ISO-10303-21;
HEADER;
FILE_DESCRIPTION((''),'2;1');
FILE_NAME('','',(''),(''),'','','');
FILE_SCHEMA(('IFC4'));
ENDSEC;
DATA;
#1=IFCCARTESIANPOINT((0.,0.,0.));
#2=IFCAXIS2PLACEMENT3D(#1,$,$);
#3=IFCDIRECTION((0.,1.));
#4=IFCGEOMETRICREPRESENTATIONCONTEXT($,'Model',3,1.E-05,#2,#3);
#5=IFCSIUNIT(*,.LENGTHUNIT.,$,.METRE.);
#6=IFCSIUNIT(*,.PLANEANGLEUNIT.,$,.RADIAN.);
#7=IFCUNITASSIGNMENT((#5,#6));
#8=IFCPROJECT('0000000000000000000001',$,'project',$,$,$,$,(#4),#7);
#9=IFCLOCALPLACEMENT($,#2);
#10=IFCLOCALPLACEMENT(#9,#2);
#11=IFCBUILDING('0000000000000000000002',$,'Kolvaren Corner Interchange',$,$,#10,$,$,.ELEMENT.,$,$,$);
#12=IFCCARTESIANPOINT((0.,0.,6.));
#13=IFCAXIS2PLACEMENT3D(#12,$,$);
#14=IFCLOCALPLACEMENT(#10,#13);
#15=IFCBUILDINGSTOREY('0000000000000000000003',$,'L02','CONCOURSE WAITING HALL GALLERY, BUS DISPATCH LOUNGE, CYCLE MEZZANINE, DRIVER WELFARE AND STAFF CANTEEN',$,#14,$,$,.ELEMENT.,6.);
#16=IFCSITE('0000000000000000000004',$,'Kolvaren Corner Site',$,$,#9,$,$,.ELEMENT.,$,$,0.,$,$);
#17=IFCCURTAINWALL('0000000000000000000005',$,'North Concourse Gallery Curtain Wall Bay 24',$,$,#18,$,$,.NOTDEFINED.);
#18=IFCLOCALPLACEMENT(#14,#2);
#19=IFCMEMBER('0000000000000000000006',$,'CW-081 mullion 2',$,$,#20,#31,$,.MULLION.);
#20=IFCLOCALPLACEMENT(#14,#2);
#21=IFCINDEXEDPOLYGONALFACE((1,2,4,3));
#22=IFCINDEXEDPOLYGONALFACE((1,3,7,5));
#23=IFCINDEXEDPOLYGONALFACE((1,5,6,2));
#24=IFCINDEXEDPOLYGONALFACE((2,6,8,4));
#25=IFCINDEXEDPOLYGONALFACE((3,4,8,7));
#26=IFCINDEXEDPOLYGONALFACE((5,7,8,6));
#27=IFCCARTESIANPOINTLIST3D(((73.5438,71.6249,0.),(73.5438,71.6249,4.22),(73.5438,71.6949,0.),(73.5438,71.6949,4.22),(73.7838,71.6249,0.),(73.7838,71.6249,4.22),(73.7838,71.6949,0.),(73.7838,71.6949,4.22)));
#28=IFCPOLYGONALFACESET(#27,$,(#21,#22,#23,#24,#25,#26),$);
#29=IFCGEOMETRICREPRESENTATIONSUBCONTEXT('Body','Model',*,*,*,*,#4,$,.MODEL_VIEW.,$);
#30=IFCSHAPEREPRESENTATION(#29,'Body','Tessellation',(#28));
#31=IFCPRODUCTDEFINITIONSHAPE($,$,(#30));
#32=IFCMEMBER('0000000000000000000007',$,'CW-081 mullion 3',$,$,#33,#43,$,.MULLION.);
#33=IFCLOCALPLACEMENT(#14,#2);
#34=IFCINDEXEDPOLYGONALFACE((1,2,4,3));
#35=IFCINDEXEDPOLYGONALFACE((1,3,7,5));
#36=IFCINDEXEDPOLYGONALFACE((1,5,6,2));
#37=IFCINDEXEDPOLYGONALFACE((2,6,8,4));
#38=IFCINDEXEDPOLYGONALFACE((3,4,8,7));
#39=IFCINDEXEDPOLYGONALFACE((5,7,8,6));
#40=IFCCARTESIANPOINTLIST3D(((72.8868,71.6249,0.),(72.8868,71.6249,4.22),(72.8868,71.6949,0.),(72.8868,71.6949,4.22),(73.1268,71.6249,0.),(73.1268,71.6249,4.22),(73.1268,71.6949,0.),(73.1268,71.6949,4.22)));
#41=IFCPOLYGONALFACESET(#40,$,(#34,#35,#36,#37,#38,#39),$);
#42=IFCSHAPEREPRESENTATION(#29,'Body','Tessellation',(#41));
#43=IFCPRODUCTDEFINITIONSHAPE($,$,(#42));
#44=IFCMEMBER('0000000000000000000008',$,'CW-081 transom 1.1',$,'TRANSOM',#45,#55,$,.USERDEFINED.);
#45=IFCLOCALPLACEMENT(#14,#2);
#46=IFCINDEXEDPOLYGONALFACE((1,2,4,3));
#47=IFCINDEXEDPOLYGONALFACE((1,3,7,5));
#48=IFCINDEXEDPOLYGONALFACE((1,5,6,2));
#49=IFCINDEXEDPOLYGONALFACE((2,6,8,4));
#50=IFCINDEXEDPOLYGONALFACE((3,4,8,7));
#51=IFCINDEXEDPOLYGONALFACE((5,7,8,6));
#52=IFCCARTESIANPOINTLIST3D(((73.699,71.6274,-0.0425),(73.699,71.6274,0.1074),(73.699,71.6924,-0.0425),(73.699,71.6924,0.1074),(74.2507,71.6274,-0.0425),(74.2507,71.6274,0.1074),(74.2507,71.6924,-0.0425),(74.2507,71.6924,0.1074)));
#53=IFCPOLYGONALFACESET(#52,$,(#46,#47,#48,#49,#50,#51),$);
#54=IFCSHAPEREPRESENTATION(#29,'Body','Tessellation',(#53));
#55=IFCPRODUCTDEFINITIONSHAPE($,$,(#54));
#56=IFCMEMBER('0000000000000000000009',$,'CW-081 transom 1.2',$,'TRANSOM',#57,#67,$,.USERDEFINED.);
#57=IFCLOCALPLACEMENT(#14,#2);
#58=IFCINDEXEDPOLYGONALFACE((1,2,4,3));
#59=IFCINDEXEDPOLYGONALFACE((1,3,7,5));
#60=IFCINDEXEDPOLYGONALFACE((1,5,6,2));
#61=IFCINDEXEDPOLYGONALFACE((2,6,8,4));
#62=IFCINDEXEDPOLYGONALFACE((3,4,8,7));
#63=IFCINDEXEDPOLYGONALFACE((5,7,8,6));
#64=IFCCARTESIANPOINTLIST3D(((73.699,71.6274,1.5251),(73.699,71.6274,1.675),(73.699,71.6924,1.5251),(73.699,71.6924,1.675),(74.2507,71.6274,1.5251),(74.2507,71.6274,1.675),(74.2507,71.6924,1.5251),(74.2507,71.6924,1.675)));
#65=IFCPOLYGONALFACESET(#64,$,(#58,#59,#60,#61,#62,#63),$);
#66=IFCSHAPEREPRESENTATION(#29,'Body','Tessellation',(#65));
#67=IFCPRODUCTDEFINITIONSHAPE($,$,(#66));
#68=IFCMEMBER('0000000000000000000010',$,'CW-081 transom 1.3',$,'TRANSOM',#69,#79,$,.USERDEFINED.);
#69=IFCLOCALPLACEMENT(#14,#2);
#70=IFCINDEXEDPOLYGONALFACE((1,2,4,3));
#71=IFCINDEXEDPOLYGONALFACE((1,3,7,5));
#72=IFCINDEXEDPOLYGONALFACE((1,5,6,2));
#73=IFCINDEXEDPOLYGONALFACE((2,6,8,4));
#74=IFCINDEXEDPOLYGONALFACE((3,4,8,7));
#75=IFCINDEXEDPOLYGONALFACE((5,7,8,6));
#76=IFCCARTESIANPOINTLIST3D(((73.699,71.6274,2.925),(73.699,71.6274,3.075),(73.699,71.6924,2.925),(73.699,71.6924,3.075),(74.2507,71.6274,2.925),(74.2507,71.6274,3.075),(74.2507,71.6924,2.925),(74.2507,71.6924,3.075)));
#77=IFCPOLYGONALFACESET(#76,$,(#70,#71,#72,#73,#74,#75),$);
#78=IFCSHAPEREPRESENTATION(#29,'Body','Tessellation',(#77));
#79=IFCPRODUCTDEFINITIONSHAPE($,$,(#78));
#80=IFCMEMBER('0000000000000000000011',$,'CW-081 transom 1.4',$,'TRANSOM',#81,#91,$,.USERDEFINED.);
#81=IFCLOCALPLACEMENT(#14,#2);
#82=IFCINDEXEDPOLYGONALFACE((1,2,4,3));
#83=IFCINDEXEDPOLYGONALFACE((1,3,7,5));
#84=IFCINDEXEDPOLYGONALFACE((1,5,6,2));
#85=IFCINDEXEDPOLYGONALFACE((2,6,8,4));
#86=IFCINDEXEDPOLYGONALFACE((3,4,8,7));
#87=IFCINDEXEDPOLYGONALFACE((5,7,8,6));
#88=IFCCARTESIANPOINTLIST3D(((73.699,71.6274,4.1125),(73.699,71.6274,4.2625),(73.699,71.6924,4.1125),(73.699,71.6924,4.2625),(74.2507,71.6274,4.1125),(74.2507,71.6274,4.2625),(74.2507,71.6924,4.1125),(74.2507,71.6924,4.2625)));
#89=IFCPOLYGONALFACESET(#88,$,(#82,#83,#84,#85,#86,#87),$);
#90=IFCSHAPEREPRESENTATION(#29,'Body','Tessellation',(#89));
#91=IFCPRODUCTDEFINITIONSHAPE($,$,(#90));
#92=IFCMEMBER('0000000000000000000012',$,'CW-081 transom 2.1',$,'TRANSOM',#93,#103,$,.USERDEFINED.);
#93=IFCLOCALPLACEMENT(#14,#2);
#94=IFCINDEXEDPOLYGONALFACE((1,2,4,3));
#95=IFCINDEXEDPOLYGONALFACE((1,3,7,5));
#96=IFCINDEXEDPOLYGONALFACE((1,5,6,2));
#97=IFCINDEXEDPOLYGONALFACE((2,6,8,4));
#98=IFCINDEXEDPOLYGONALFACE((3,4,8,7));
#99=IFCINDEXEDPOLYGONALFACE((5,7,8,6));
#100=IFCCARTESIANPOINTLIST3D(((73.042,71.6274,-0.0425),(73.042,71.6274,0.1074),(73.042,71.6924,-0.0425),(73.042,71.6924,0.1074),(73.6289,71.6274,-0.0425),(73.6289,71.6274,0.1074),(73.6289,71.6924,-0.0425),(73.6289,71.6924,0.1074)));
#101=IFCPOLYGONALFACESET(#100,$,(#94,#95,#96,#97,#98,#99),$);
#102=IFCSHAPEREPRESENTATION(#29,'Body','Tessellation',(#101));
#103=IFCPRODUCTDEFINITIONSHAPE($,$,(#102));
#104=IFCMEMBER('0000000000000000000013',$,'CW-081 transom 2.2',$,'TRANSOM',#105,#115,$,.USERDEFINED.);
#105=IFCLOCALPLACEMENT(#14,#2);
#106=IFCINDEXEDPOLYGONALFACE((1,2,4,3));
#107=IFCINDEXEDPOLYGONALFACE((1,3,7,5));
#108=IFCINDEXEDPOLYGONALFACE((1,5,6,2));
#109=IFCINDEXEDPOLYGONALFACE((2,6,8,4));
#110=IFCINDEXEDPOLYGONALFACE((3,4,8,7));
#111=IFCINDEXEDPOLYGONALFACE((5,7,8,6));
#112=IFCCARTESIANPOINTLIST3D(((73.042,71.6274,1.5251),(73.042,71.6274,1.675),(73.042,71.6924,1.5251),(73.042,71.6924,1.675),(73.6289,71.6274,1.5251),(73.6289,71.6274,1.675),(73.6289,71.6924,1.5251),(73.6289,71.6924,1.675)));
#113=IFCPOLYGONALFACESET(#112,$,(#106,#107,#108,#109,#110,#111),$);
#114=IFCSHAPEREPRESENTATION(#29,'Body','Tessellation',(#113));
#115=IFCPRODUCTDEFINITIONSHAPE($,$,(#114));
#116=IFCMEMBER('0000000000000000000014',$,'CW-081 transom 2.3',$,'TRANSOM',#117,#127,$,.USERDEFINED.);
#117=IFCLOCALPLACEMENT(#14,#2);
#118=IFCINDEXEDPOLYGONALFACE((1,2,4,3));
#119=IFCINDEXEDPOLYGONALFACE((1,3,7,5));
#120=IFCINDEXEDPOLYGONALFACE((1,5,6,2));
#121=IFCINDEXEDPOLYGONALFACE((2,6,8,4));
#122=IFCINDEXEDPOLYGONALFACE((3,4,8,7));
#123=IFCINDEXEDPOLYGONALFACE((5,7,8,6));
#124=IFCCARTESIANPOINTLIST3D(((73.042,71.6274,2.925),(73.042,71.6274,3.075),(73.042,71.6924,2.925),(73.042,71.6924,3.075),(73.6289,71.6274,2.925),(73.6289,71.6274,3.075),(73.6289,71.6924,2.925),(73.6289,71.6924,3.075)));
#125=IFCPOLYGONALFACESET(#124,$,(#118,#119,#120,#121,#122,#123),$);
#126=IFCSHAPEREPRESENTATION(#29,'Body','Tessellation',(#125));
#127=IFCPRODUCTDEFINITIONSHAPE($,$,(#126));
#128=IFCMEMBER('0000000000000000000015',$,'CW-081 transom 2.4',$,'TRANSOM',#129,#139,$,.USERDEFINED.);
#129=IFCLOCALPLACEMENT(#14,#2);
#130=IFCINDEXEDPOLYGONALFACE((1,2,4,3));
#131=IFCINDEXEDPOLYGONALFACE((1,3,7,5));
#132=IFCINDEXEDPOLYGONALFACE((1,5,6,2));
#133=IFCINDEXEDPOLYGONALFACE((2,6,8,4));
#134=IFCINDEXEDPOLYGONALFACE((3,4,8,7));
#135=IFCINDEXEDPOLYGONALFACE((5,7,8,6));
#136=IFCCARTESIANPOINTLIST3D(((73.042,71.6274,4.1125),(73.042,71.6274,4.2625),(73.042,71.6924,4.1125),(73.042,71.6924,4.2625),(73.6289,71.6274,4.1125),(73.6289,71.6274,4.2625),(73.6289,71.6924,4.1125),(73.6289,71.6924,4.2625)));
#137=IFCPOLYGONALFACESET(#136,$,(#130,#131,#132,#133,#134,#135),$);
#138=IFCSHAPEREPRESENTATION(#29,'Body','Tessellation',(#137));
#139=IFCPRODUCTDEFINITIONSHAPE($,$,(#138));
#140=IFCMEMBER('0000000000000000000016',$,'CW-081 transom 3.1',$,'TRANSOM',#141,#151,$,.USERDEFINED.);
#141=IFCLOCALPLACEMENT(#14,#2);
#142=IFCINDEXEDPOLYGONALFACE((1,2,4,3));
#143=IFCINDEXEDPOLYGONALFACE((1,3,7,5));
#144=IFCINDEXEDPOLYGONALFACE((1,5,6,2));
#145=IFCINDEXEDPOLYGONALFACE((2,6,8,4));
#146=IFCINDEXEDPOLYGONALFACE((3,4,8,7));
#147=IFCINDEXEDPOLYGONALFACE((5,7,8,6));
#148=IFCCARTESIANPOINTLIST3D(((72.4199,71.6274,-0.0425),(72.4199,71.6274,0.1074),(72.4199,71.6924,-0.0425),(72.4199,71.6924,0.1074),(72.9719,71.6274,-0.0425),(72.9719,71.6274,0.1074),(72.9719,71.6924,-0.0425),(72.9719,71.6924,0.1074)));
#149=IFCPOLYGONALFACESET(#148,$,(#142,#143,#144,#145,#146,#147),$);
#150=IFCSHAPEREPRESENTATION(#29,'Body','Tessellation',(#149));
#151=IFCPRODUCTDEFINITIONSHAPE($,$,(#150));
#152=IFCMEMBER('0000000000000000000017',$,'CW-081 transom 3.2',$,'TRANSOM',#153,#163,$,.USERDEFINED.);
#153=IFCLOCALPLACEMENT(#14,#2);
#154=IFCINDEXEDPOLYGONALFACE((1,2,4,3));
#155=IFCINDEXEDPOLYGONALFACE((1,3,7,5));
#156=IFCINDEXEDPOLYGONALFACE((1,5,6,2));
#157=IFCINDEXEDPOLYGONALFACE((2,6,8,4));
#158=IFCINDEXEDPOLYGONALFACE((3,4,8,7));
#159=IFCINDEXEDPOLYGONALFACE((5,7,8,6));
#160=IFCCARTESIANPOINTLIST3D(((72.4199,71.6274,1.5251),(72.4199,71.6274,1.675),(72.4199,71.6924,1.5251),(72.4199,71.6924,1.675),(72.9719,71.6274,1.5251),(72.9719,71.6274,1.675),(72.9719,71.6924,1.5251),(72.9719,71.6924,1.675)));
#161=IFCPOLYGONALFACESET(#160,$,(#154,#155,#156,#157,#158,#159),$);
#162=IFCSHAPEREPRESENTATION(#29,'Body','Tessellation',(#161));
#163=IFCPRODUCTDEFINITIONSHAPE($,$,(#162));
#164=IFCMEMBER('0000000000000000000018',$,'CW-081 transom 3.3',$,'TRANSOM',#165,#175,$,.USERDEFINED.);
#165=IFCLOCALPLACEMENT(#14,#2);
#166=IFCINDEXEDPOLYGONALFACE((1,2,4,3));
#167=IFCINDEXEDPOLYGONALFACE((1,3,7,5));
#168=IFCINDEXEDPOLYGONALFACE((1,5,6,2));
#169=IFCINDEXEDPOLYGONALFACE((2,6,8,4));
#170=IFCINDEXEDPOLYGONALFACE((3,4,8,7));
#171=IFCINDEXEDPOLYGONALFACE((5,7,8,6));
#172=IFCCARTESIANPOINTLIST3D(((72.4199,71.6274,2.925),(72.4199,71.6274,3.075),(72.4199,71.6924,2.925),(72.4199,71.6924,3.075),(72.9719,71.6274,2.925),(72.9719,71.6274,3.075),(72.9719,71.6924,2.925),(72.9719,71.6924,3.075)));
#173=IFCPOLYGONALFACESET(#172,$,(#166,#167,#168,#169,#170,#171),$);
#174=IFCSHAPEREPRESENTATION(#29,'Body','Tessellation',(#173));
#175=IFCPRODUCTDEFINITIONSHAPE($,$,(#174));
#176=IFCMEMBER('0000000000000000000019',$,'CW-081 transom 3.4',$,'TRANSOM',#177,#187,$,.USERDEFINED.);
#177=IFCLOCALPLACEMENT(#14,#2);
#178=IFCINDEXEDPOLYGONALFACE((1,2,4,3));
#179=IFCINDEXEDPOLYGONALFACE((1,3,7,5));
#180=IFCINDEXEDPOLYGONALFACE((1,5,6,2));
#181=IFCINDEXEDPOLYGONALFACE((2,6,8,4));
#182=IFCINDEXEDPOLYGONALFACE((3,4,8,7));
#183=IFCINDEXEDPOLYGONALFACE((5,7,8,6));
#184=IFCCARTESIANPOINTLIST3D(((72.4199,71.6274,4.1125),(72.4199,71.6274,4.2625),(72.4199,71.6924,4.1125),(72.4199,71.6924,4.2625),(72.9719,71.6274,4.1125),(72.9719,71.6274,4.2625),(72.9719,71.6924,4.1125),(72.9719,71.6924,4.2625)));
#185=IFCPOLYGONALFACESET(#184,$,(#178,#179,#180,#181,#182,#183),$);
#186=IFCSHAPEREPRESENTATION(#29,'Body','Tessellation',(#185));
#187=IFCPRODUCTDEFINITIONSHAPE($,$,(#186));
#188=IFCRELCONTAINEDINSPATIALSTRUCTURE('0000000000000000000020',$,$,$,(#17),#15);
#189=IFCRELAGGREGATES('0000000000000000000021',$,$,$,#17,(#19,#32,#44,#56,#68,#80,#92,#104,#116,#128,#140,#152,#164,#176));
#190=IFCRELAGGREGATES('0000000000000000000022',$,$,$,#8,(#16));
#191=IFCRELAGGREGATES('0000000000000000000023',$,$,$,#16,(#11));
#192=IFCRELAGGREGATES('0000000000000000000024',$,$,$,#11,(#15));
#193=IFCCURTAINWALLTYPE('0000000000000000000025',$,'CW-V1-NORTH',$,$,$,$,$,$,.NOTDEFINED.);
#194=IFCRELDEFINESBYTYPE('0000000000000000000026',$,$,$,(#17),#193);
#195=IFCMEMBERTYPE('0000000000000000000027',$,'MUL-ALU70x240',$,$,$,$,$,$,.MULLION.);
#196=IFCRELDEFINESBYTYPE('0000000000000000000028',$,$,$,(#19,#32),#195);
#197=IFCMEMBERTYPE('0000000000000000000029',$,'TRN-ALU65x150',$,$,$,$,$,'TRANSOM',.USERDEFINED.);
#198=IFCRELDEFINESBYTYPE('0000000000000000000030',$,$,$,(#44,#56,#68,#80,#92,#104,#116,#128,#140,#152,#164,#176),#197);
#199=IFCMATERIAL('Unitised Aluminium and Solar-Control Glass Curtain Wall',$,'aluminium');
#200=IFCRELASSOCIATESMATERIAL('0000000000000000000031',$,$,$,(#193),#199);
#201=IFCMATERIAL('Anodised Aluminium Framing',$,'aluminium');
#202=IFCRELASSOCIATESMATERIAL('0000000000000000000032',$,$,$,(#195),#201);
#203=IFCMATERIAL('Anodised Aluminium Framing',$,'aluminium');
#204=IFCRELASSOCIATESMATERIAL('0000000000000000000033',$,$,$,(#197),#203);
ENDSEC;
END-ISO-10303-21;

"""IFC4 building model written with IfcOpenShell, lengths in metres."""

from ifc_helpers import new_model, si_unit, direction, frame, origin, origin_2d, place, context, subcontext, project, spatial, rectangle, extrude, material, material_profile, profile_set, type_object, element, aggregate, save


model = new_model("IFC4")

# Units and contexts
model_context = context("Model", 3, precision=1e-05, world=origin(), true_north=direction((0.0, 1.0)))
body_context = subcontext(model_context, "Body", "Model", "MODEL_VIEW")
ifc_project = project(units=[si_unit("LENGTHUNIT", "METRE"), si_unit("PLANEANGLEUNIT", "RADIAN")], contexts=[model_context])

# Site, building, storey
site_placement = place(None, origin())
site = spatial("IfcSite", under=ifc_project, at=site_placement, Name="Kolvaren Corner Site", CompositionType="ELEMENT", RefElevation=0.0)
building_placement = place(site_placement, origin())
building = spatial("IfcBuilding", under=site, at=building_placement, Name="Kolvaren Corner Interchange", CompositionType="ELEMENT")
storey_placement = place(building_placement, frame((0.0, 0.0, 6.0)))
storey = spatial("IfcBuildingStorey", under=building, at=storey_placement, Name="L02", Description="CONCOURSE WAITING HALL GALLERY, BUS DISPATCH LOUNGE, CYCLE MEZZANINE, DRIVER WELFARE AND STAFF CANTEEN", CompositionType="ELEMENT", Elevation=6.0)

# Curtain wall, members
ifc_material_1 = material(Name="Unitised Aluminium and Solar-Control Glass Curtain Wall", Category="aluminium")
curtain_wall_type = type_object("IfcCurtainWallType", Name="CW-V1-NORTH", PredefinedType="NOTDEFINED", material=ifc_material_1)
curtain_wall_placement = place(storey_placement, origin())
curtain_wall = element("IfcCurtainWall", 1, at=curtain_wall_placement, inside=storey, type_object=curtain_wall_type, Name="North Concourse Gallery Curtain Wall Bay 24", PredefinedType="NOTDEFINED")
ifc_material_2 = material(Name="Anodised Aluminium Framing", Category="aluminium")
ifc_material_profile_1 = material_profile(ifc_material_2, rectangle(XDim=0.0701, YDim=0.24, at=origin_2d()), Name="ALU 70x240")
ifc_profile_set_1 = profile_set([ifc_material_profile_1], Name="Anodised Aluminium Framing")
member_type_1 = type_object("IfcMemberType", Name="MUL-ALU70x240", PredefinedType="MULLION", material=ifc_profile_set_1)
member_1_placement = place(storey_placement, frame((73.6638, 71.6599, 0.0), z_axis=(0.0, 0.0, 1.0), x_axis=(0.0, -1.0, 0.0)))
member_1 = element("IfcMember", 2, at=member_1_placement, type_object=member_type_1, Name="CW-081 mullion 2", PredefinedType="MULLION", context=body_context, shape_type="SweptSolid", body=[
    extrude(rectangle(XDim=0.0701, YDim=0.24, at=origin_2d()), origin(), (0.0, 0.0, 1.0), 4.22),
])
member_2_placement = place(storey_placement, frame((73.0068, 71.6599, 0.0), z_axis=(0.0, 0.0, 1.0), x_axis=(0.0, -1.0, 0.0)))
member_2 = element("IfcMember", 3, at=member_2_placement, type_object=member_type_1, Name="CW-081 mullion 3", PredefinedType="MULLION", context=body_context, shape_type="SweptSolid", body=[
    extrude(rectangle(XDim=0.0701, YDim=0.24, at=origin_2d()), origin(), (0.0, 0.0, 1.0), 4.22),
])
ifc_material_3 = material(Name="Anodised Aluminium Framing", Category="aluminium")
ifc_material_profile_2 = material_profile(ifc_material_3, rectangle(XDim=0.0649, YDim=0.1499, at=origin_2d()), Name="ALU 65x150")
ifc_profile_set_2 = profile_set([ifc_material_profile_2], Name="Anodised Aluminium Framing")
member_type_2 = type_object("IfcMemberType", Name="TRN-ALU65x150", ElementType="TRANSOM", PredefinedType="USERDEFINED", material=ifc_profile_set_2)
member_3_placement = place(storey_placement, frame((74.2507, 71.6599, 0.0325), z_axis=(-1.0, 0.0, 0.0), x_axis=(0.0, -1.0, 0.0)))
member_3 = element("IfcMember", 4, at=member_3_placement, type_object=member_type_2, Name="CW-081 transom 1.1", ObjectType="TRANSOM", PredefinedType="USERDEFINED", context=body_context, shape_type="SweptSolid", body=[
    extrude(rectangle(XDim=0.0649, YDim=0.1499, at=origin_2d()), origin(), (0.0, 0.0, 1.0), 0.5518),
])
member_4_placement = place(storey_placement, frame((74.2507, 71.6599, 1.6001), z_axis=(-1.0, 0.0, 0.0), x_axis=(0.0, -1.0, 0.0)))
member_4 = element("IfcMember", 5, at=member_4_placement, type_object=member_type_2, Name="CW-081 transom 1.2", ObjectType="TRANSOM", PredefinedType="USERDEFINED", context=body_context, shape_type="SweptSolid", body=[
    extrude(rectangle(XDim=0.0649, YDim=0.1499, at=origin_2d()), origin(), (0.0, 0.0, 1.0), 0.5518),
])
member_5_placement = place(storey_placement, frame((74.2507, 71.6599, 3.0), z_axis=(-1.0, 0.0, 0.0), x_axis=(0.0, -1.0, 0.0)))
member_5 = element("IfcMember", 6, at=member_5_placement, type_object=member_type_2, Name="CW-081 transom 1.3", ObjectType="TRANSOM", PredefinedType="USERDEFINED", context=body_context, shape_type="SweptSolid", body=[
    extrude(rectangle(XDim=0.0649, YDim=0.1499, at=origin_2d()), origin(), (0.0, 0.0, 1.0), 0.5518),
])
member_6_placement = place(storey_placement, frame((74.2507, 71.6599, 4.1875), z_axis=(-1.0, 0.0, 0.0), x_axis=(0.0, -1.0, 0.0)))
member_6 = element("IfcMember", 7, at=member_6_placement, type_object=member_type_2, Name="CW-081 transom 1.4", ObjectType="TRANSOM", PredefinedType="USERDEFINED", context=body_context, shape_type="SweptSolid", body=[
    extrude(rectangle(XDim=0.0649, YDim=0.1499, at=origin_2d()), origin(), (0.0, 0.0, 1.0), 0.5518),
])
member_7_placement = place(storey_placement, frame((73.6289, 71.6599, 0.0325), z_axis=(-1.0, 0.0, 0.0), x_axis=(0.0, -1.0, 0.0)))
member_7 = element("IfcMember", 8, at=member_7_placement, type_object=member_type_2, Name="CW-081 transom 2.1", ObjectType="TRANSOM", PredefinedType="USERDEFINED", context=body_context, shape_type="SweptSolid", body=[
    extrude(rectangle(XDim=0.0649, YDim=0.1499, at=origin_2d()), origin(), (0.0, 0.0, 1.0), 0.5869),
])
member_8_placement = place(storey_placement, frame((73.6289, 71.6599, 1.6001), z_axis=(-1.0, 0.0, 0.0), x_axis=(0.0, -1.0, 0.0)))
member_8 = element("IfcMember", 9, at=member_8_placement, type_object=member_type_2, Name="CW-081 transom 2.2", ObjectType="TRANSOM", PredefinedType="USERDEFINED", context=body_context, shape_type="SweptSolid", body=[
    extrude(rectangle(XDim=0.0649, YDim=0.1499, at=origin_2d()), origin(), (0.0, 0.0, 1.0), 0.5869),
])
member_9_placement = place(storey_placement, frame((73.6289, 71.6599, 3.0), z_axis=(-1.0, 0.0, 0.0), x_axis=(0.0, -1.0, 0.0)))
member_9 = element("IfcMember", 10, at=member_9_placement, type_object=member_type_2, Name="CW-081 transom 2.3", ObjectType="TRANSOM", PredefinedType="USERDEFINED", context=body_context, shape_type="SweptSolid", body=[
    extrude(rectangle(XDim=0.0649, YDim=0.1499, at=origin_2d()), origin(), (0.0, 0.0, 1.0), 0.5869),
])
member_10_placement = place(storey_placement, frame((73.6289, 71.6599, 4.1875), z_axis=(-1.0, 0.0, 0.0), x_axis=(0.0, -1.0, 0.0)))
member_10 = element("IfcMember", 11, at=member_10_placement, type_object=member_type_2, Name="CW-081 transom 2.4", ObjectType="TRANSOM", PredefinedType="USERDEFINED", context=body_context, shape_type="SweptSolid", body=[
    extrude(rectangle(XDim=0.0649, YDim=0.1499, at=origin_2d()), origin(), (0.0, 0.0, 1.0), 0.5869),
])
member_11_placement = place(storey_placement, frame((72.9719, 71.6599, 0.0325), z_axis=(-1.0, 0.0, 0.0), x_axis=(0.0, -1.0, 0.0)))
member_11 = element("IfcMember", 12, at=member_11_placement, type_object=member_type_2, Name="CW-081 transom 3.1", ObjectType="TRANSOM", PredefinedType="USERDEFINED", context=body_context, shape_type="SweptSolid", body=[
    extrude(rectangle(XDim=0.0649, YDim=0.1499, at=origin_2d()), origin(), (0.0, 0.0, 1.0), 0.552),
])
member_12_placement = place(storey_placement, frame((72.9719, 71.6599, 1.6001), z_axis=(-1.0, 0.0, 0.0), x_axis=(0.0, -1.0, 0.0)))
member_12 = element("IfcMember", 13, at=member_12_placement, type_object=member_type_2, Name="CW-081 transom 3.2", ObjectType="TRANSOM", PredefinedType="USERDEFINED", context=body_context, shape_type="SweptSolid", body=[
    extrude(rectangle(XDim=0.0649, YDim=0.1499, at=origin_2d()), origin(), (0.0, 0.0, 1.0), 0.552),
])
member_13_placement = place(storey_placement, frame((72.9719, 71.6599, 3.0), z_axis=(-1.0, 0.0, 0.0), x_axis=(0.0, -1.0, 0.0)))
member_13 = element("IfcMember", 14, at=member_13_placement, type_object=member_type_2, Name="CW-081 transom 3.3", ObjectType="TRANSOM", PredefinedType="USERDEFINED", context=body_context, shape_type="SweptSolid", body=[
    extrude(rectangle(XDim=0.0649, YDim=0.1499, at=origin_2d()), origin(), (0.0, 0.0, 1.0), 0.552),
])
member_14_placement = place(storey_placement, frame((72.9719, 71.6599, 4.1875), z_axis=(-1.0, 0.0, 0.0), x_axis=(0.0, -1.0, 0.0)))
member_14 = element("IfcMember", 15, at=member_14_placement, type_object=member_type_2, Name="CW-081 transom 3.4", ObjectType="TRANSOM", PredefinedType="USERDEFINED", context=body_context, shape_type="SweptSolid", body=[
    extrude(rectangle(XDim=0.0649, YDim=0.1499, at=origin_2d()), origin(), (0.0, 0.0, 1.0), 0.552),
])
aggregate(curtain_wall, [member_1, member_2, member_3, member_4, member_5, member_6, member_7, member_8, member_9, member_10, member_11, member_12, member_13, member_14])

save(model, "model.ifc")
